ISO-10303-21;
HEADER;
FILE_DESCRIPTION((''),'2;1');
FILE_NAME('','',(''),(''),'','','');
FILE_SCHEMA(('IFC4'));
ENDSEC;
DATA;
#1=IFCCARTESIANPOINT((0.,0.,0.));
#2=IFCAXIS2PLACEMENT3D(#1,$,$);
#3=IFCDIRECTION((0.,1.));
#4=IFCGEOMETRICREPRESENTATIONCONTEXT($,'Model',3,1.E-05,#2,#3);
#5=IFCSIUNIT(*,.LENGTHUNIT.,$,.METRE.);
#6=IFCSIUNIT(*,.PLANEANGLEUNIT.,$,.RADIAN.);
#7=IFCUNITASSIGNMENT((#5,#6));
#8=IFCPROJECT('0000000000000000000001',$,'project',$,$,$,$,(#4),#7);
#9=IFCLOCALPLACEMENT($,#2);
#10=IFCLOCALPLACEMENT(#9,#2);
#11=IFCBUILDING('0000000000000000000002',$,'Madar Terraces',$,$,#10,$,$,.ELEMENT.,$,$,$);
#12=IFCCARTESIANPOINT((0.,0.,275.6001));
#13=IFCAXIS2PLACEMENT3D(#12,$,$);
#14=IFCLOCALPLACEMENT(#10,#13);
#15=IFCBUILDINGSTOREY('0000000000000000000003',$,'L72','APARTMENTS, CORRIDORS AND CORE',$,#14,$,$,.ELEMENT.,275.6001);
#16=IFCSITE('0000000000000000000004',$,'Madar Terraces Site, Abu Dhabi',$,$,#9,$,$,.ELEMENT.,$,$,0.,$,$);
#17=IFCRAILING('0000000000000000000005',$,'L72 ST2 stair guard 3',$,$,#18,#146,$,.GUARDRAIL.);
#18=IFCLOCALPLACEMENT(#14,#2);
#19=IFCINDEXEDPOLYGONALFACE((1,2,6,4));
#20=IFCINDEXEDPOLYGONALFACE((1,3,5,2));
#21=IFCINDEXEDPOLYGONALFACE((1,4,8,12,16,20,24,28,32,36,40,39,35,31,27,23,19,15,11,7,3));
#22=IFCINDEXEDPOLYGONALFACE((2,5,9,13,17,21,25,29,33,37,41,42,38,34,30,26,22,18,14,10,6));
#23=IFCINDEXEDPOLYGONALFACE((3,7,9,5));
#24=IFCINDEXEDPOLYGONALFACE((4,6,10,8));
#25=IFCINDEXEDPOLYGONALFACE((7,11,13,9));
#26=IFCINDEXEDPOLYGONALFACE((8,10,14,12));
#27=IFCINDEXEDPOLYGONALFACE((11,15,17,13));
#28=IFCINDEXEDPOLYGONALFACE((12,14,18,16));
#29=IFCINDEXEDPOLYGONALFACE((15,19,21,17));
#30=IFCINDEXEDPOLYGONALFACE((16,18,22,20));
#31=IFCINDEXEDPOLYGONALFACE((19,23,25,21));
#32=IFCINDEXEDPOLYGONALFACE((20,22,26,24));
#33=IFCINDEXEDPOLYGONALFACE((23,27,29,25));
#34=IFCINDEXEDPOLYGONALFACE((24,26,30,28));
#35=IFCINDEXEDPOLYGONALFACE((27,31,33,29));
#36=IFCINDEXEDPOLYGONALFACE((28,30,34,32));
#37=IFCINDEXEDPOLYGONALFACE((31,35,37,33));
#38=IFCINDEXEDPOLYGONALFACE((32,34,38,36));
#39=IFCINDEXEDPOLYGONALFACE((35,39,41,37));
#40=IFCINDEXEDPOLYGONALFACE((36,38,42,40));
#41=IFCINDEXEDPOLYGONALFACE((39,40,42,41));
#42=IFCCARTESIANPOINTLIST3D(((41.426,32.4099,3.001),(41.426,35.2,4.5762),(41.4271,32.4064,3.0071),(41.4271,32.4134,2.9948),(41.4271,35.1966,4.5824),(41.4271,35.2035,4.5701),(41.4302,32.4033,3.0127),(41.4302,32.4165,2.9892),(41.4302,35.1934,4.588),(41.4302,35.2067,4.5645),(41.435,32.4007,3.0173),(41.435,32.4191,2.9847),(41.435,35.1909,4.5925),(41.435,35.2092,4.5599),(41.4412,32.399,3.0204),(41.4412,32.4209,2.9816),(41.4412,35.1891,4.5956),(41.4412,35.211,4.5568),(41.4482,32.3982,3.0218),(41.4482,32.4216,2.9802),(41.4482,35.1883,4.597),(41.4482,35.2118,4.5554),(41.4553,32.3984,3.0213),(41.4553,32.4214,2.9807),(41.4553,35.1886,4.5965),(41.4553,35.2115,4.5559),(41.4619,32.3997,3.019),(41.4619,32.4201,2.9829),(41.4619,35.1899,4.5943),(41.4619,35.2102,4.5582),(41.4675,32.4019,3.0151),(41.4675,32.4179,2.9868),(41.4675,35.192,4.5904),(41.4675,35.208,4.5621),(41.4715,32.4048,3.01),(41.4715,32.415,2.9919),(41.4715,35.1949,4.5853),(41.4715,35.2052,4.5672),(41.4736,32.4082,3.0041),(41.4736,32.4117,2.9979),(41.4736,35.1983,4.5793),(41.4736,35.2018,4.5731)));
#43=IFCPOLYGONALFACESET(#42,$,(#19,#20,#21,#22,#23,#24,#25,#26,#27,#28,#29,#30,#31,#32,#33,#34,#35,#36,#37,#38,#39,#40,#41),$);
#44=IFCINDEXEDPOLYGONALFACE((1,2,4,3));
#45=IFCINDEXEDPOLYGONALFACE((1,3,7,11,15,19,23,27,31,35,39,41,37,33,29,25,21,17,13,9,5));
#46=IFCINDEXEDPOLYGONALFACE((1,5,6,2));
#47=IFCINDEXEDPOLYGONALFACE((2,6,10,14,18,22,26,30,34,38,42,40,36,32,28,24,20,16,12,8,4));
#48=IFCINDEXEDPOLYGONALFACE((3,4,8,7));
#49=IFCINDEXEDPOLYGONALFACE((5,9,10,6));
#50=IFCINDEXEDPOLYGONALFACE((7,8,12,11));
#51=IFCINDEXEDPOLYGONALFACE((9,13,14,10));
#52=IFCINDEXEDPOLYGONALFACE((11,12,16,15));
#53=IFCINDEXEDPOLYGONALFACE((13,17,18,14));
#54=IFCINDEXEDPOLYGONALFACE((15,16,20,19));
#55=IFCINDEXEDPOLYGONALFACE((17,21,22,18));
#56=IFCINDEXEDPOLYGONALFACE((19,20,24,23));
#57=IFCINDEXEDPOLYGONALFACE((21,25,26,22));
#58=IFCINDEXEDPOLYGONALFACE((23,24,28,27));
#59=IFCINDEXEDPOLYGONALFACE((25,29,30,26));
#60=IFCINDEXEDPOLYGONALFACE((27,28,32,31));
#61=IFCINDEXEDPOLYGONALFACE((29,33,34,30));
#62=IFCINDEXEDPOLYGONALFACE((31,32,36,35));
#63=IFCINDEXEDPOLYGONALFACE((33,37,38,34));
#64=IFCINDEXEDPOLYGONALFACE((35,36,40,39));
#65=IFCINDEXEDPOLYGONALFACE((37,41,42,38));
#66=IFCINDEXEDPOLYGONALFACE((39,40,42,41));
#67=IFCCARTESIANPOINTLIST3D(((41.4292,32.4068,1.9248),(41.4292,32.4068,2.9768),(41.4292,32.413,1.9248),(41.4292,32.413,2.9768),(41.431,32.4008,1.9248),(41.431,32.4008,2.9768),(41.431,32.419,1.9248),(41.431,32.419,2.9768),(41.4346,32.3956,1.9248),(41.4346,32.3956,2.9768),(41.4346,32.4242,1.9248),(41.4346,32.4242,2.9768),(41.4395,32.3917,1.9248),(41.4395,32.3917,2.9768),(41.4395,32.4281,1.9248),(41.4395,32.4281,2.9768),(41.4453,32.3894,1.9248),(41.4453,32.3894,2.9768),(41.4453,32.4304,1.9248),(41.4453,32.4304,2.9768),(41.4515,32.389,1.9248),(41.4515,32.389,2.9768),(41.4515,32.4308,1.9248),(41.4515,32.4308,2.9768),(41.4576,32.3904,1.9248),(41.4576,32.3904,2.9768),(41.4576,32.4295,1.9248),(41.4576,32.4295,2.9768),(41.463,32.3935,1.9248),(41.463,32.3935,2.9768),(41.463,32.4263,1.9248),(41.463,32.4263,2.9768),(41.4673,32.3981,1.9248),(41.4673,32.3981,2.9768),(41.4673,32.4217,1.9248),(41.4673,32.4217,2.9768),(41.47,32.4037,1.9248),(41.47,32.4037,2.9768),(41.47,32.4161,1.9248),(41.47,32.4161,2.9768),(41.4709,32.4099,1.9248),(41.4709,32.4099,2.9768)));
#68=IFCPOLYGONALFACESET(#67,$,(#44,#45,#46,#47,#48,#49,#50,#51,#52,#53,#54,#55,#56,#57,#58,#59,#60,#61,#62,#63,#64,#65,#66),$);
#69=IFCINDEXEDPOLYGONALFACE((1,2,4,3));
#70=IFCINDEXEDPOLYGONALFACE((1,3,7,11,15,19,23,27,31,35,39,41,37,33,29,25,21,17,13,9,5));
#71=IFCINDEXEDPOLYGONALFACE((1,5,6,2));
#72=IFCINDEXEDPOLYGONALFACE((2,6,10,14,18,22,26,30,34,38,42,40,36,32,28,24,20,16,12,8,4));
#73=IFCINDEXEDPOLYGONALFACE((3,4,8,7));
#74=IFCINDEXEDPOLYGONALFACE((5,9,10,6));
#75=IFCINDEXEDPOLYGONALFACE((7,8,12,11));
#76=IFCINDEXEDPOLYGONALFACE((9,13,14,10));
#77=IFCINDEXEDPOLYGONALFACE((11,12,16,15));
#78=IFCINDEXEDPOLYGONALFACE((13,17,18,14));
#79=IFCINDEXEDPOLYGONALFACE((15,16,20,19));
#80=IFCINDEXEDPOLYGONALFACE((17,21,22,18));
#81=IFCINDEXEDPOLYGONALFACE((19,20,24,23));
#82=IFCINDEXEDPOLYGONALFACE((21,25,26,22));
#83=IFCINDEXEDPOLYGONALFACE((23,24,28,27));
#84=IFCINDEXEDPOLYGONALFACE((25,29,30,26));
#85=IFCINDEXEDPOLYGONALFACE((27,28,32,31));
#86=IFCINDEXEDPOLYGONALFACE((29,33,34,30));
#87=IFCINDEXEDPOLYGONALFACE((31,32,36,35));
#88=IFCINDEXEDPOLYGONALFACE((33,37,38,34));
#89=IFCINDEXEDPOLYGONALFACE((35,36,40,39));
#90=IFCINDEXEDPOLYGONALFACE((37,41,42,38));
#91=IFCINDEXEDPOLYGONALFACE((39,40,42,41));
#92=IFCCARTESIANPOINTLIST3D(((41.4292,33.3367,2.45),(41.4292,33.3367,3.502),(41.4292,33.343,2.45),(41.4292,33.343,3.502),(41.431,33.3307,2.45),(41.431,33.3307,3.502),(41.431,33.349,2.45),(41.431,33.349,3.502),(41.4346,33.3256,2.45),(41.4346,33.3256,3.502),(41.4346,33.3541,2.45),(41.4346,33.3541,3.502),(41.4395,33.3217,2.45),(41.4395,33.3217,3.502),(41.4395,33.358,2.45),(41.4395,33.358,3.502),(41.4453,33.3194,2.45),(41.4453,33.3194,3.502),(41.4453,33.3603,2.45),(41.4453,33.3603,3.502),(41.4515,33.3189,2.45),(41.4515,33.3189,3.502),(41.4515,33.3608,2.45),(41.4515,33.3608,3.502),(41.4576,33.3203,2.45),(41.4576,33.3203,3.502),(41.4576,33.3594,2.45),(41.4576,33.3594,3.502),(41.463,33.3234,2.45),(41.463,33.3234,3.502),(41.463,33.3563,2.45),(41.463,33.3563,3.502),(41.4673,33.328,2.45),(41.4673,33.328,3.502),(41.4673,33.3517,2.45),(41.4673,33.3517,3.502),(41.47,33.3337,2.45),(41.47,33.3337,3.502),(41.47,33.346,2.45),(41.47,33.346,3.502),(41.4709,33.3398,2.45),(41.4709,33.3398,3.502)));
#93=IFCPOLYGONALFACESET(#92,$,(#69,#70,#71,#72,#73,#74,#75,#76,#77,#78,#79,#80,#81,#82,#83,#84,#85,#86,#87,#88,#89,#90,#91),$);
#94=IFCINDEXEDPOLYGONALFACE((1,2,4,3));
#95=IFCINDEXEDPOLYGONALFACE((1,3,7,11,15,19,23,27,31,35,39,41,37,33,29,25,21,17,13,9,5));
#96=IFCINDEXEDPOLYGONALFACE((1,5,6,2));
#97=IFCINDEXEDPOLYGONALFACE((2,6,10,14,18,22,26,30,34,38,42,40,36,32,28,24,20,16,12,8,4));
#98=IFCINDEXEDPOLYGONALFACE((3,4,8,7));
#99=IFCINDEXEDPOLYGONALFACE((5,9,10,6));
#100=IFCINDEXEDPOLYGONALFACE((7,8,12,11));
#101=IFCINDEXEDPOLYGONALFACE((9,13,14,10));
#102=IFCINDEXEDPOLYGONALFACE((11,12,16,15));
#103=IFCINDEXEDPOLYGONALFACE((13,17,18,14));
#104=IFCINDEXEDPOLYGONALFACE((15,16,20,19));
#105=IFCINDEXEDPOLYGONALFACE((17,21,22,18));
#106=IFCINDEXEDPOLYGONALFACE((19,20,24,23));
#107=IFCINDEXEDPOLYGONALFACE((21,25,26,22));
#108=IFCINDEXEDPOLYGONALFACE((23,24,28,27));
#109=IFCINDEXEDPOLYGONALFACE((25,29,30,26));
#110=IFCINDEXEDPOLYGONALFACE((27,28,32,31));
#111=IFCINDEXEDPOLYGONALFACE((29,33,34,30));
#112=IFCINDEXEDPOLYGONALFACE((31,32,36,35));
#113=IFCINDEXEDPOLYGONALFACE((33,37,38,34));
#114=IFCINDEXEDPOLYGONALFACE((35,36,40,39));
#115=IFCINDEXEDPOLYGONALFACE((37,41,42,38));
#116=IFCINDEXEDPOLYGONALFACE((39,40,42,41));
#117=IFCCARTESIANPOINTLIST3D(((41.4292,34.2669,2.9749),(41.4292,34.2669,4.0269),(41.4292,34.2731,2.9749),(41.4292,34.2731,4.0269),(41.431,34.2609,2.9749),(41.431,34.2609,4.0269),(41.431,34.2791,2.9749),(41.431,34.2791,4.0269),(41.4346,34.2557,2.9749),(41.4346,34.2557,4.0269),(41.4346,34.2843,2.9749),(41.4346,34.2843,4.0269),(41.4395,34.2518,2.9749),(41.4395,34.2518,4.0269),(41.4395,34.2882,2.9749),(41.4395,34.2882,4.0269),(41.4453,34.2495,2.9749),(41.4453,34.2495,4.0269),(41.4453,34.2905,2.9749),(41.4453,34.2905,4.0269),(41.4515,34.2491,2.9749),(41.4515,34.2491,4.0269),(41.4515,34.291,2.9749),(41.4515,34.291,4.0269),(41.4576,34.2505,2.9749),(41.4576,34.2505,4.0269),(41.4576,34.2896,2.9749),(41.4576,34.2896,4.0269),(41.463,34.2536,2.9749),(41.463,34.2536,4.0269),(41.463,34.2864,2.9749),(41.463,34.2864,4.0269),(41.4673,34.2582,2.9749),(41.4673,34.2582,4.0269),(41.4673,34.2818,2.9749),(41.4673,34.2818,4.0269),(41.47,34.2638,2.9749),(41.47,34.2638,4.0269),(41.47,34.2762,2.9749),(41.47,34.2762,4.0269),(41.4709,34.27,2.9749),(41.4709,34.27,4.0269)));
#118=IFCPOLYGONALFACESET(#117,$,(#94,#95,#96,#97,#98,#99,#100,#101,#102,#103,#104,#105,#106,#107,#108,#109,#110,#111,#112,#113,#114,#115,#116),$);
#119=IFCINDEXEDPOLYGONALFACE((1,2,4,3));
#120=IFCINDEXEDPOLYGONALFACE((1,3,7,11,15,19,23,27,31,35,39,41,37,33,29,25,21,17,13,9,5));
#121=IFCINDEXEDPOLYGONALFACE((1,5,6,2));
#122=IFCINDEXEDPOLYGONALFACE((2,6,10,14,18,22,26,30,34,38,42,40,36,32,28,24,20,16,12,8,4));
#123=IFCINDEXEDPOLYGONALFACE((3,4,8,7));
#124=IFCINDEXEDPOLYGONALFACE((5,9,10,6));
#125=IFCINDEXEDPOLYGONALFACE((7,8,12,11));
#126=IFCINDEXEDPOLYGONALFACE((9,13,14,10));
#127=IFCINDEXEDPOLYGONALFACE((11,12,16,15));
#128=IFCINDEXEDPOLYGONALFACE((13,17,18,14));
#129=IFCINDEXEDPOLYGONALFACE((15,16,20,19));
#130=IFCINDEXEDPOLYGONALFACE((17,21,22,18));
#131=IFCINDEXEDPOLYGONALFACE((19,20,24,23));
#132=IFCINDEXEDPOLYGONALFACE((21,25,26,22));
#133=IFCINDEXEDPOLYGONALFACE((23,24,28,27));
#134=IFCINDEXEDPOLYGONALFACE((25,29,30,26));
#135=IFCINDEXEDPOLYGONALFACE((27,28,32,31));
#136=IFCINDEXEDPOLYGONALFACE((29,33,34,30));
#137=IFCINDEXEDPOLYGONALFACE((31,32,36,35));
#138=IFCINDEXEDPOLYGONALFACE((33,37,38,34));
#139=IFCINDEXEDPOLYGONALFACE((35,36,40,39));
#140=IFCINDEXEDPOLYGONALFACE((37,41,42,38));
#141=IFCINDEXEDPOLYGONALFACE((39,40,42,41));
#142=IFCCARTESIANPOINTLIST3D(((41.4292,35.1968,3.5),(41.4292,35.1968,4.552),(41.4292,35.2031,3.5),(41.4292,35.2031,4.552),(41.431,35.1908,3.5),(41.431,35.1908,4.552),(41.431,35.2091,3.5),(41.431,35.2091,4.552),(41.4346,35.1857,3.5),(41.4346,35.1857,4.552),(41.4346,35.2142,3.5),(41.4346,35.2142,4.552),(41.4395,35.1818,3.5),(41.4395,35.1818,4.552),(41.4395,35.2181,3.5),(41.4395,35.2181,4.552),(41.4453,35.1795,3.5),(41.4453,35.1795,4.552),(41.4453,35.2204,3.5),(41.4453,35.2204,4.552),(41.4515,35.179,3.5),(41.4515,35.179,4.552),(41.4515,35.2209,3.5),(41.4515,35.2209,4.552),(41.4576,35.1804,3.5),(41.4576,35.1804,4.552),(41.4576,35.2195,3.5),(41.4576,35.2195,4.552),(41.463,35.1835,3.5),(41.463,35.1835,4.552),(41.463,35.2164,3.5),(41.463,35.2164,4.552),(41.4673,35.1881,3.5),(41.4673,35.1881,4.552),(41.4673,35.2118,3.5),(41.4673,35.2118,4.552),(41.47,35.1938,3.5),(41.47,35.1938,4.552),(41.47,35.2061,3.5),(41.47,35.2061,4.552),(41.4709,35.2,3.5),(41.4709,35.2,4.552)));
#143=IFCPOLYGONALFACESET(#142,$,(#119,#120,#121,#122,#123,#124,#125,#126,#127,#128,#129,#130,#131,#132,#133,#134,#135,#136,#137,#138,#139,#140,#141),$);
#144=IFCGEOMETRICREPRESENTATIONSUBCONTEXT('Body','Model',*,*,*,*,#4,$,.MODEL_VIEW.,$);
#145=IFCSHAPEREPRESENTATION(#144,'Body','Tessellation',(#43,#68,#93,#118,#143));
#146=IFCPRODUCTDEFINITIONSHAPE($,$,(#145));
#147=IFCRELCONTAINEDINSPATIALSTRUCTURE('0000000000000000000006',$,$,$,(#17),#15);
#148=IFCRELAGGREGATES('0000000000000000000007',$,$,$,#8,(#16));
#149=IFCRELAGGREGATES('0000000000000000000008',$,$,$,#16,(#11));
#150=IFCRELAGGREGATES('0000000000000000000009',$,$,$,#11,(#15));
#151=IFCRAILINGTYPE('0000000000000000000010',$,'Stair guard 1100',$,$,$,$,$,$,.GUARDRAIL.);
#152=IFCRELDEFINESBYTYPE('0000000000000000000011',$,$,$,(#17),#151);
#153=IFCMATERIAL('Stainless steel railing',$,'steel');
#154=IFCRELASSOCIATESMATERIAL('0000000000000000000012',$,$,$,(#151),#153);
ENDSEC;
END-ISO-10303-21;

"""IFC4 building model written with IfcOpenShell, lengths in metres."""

from ifc_helpers import new_model, si_unit, direction, frame, origin, origin_2d, place, context, subcontext, project, spatial, circle, extrude, material, type_object, element, save


model = new_model("IFC4")

# Units and contexts
model_context = context("Model", 3, precision=1e-05, world=origin(), true_north=direction((0.0, 1.0)))
body_context = subcontext(model_context, "Body", "Model", "MODEL_VIEW")
ifc_project = project(units=[si_unit("LENGTHUNIT", "METRE"), si_unit("PLANEANGLEUNIT", "RADIAN")], contexts=[model_context])

# Site, building, storey
site_placement = place(None, origin())
site = spatial("IfcSite", under=ifc_project, at=site_placement, Name="Madar Terraces Site, Abu Dhabi", CompositionType="ELEMENT", RefElevation=0.0)
building_placement = place(site_placement, origin())
building = spatial("IfcBuilding", under=site, at=building_placement, Name="Madar Terraces", CompositionType="ELEMENT")
storey_placement = place(building_placement, frame((0.0, 0.0, 275.6001)))
storey = spatial("IfcBuildingStorey", under=building, at=storey_placement, Name="L72", Description="APARTMENTS, CORRIDORS AND CORE", CompositionType="ELEMENT", Elevation=275.6001)

# Railing
ifc_material_1 = material(Name="Stainless steel railing", Category="steel")
railing_type_1 = type_object("IfcRailingType", Name="Stair guard 1100", PredefinedType="GUARDRAIL", material=ifc_material_1)
railing_1_placement = place(storey_placement, frame((41.45, 32.4099, 1.9248)))
element("IfcRailing", 1, at=railing_1_placement, inside=storey, type_object=railing_type_1, Name="L72 ST2 stair guard 3", PredefinedType="GUARDRAIL", context=body_context, shape_type="SweptSolid", body=[
    extrude(circle(Radius=0.0239, at=origin_2d()), frame((0.0, 0.0, 1.0762), z_axis=(0.0, 0.870801, 0.491635), x_axis=(-1.0, 0.0, 0.0)), (0.0, 0.0, 1.0), 3.2041),
    extrude(circle(Radius=0.021, at=origin_2d()), origin(), (0.0, 0.0, 1.0), 1.052),
    extrude(circle(Radius=0.021, at=origin_2d()), frame((0.0, 0.9299, 0.5251)), (0.0, 0.0, 1.0), 1.052),
    extrude(circle(Radius=0.021, at=origin_2d()), frame((0.0, 1.8601, 1.05)), (0.0, 0.0, 1.0), 1.052),
    extrude(circle(Radius=0.021, at=origin_2d()), frame((0.0, 2.79, 1.5752)), (0.0, 0.0, 1.0), 1.052),
])

save(model, "model.ifc")
